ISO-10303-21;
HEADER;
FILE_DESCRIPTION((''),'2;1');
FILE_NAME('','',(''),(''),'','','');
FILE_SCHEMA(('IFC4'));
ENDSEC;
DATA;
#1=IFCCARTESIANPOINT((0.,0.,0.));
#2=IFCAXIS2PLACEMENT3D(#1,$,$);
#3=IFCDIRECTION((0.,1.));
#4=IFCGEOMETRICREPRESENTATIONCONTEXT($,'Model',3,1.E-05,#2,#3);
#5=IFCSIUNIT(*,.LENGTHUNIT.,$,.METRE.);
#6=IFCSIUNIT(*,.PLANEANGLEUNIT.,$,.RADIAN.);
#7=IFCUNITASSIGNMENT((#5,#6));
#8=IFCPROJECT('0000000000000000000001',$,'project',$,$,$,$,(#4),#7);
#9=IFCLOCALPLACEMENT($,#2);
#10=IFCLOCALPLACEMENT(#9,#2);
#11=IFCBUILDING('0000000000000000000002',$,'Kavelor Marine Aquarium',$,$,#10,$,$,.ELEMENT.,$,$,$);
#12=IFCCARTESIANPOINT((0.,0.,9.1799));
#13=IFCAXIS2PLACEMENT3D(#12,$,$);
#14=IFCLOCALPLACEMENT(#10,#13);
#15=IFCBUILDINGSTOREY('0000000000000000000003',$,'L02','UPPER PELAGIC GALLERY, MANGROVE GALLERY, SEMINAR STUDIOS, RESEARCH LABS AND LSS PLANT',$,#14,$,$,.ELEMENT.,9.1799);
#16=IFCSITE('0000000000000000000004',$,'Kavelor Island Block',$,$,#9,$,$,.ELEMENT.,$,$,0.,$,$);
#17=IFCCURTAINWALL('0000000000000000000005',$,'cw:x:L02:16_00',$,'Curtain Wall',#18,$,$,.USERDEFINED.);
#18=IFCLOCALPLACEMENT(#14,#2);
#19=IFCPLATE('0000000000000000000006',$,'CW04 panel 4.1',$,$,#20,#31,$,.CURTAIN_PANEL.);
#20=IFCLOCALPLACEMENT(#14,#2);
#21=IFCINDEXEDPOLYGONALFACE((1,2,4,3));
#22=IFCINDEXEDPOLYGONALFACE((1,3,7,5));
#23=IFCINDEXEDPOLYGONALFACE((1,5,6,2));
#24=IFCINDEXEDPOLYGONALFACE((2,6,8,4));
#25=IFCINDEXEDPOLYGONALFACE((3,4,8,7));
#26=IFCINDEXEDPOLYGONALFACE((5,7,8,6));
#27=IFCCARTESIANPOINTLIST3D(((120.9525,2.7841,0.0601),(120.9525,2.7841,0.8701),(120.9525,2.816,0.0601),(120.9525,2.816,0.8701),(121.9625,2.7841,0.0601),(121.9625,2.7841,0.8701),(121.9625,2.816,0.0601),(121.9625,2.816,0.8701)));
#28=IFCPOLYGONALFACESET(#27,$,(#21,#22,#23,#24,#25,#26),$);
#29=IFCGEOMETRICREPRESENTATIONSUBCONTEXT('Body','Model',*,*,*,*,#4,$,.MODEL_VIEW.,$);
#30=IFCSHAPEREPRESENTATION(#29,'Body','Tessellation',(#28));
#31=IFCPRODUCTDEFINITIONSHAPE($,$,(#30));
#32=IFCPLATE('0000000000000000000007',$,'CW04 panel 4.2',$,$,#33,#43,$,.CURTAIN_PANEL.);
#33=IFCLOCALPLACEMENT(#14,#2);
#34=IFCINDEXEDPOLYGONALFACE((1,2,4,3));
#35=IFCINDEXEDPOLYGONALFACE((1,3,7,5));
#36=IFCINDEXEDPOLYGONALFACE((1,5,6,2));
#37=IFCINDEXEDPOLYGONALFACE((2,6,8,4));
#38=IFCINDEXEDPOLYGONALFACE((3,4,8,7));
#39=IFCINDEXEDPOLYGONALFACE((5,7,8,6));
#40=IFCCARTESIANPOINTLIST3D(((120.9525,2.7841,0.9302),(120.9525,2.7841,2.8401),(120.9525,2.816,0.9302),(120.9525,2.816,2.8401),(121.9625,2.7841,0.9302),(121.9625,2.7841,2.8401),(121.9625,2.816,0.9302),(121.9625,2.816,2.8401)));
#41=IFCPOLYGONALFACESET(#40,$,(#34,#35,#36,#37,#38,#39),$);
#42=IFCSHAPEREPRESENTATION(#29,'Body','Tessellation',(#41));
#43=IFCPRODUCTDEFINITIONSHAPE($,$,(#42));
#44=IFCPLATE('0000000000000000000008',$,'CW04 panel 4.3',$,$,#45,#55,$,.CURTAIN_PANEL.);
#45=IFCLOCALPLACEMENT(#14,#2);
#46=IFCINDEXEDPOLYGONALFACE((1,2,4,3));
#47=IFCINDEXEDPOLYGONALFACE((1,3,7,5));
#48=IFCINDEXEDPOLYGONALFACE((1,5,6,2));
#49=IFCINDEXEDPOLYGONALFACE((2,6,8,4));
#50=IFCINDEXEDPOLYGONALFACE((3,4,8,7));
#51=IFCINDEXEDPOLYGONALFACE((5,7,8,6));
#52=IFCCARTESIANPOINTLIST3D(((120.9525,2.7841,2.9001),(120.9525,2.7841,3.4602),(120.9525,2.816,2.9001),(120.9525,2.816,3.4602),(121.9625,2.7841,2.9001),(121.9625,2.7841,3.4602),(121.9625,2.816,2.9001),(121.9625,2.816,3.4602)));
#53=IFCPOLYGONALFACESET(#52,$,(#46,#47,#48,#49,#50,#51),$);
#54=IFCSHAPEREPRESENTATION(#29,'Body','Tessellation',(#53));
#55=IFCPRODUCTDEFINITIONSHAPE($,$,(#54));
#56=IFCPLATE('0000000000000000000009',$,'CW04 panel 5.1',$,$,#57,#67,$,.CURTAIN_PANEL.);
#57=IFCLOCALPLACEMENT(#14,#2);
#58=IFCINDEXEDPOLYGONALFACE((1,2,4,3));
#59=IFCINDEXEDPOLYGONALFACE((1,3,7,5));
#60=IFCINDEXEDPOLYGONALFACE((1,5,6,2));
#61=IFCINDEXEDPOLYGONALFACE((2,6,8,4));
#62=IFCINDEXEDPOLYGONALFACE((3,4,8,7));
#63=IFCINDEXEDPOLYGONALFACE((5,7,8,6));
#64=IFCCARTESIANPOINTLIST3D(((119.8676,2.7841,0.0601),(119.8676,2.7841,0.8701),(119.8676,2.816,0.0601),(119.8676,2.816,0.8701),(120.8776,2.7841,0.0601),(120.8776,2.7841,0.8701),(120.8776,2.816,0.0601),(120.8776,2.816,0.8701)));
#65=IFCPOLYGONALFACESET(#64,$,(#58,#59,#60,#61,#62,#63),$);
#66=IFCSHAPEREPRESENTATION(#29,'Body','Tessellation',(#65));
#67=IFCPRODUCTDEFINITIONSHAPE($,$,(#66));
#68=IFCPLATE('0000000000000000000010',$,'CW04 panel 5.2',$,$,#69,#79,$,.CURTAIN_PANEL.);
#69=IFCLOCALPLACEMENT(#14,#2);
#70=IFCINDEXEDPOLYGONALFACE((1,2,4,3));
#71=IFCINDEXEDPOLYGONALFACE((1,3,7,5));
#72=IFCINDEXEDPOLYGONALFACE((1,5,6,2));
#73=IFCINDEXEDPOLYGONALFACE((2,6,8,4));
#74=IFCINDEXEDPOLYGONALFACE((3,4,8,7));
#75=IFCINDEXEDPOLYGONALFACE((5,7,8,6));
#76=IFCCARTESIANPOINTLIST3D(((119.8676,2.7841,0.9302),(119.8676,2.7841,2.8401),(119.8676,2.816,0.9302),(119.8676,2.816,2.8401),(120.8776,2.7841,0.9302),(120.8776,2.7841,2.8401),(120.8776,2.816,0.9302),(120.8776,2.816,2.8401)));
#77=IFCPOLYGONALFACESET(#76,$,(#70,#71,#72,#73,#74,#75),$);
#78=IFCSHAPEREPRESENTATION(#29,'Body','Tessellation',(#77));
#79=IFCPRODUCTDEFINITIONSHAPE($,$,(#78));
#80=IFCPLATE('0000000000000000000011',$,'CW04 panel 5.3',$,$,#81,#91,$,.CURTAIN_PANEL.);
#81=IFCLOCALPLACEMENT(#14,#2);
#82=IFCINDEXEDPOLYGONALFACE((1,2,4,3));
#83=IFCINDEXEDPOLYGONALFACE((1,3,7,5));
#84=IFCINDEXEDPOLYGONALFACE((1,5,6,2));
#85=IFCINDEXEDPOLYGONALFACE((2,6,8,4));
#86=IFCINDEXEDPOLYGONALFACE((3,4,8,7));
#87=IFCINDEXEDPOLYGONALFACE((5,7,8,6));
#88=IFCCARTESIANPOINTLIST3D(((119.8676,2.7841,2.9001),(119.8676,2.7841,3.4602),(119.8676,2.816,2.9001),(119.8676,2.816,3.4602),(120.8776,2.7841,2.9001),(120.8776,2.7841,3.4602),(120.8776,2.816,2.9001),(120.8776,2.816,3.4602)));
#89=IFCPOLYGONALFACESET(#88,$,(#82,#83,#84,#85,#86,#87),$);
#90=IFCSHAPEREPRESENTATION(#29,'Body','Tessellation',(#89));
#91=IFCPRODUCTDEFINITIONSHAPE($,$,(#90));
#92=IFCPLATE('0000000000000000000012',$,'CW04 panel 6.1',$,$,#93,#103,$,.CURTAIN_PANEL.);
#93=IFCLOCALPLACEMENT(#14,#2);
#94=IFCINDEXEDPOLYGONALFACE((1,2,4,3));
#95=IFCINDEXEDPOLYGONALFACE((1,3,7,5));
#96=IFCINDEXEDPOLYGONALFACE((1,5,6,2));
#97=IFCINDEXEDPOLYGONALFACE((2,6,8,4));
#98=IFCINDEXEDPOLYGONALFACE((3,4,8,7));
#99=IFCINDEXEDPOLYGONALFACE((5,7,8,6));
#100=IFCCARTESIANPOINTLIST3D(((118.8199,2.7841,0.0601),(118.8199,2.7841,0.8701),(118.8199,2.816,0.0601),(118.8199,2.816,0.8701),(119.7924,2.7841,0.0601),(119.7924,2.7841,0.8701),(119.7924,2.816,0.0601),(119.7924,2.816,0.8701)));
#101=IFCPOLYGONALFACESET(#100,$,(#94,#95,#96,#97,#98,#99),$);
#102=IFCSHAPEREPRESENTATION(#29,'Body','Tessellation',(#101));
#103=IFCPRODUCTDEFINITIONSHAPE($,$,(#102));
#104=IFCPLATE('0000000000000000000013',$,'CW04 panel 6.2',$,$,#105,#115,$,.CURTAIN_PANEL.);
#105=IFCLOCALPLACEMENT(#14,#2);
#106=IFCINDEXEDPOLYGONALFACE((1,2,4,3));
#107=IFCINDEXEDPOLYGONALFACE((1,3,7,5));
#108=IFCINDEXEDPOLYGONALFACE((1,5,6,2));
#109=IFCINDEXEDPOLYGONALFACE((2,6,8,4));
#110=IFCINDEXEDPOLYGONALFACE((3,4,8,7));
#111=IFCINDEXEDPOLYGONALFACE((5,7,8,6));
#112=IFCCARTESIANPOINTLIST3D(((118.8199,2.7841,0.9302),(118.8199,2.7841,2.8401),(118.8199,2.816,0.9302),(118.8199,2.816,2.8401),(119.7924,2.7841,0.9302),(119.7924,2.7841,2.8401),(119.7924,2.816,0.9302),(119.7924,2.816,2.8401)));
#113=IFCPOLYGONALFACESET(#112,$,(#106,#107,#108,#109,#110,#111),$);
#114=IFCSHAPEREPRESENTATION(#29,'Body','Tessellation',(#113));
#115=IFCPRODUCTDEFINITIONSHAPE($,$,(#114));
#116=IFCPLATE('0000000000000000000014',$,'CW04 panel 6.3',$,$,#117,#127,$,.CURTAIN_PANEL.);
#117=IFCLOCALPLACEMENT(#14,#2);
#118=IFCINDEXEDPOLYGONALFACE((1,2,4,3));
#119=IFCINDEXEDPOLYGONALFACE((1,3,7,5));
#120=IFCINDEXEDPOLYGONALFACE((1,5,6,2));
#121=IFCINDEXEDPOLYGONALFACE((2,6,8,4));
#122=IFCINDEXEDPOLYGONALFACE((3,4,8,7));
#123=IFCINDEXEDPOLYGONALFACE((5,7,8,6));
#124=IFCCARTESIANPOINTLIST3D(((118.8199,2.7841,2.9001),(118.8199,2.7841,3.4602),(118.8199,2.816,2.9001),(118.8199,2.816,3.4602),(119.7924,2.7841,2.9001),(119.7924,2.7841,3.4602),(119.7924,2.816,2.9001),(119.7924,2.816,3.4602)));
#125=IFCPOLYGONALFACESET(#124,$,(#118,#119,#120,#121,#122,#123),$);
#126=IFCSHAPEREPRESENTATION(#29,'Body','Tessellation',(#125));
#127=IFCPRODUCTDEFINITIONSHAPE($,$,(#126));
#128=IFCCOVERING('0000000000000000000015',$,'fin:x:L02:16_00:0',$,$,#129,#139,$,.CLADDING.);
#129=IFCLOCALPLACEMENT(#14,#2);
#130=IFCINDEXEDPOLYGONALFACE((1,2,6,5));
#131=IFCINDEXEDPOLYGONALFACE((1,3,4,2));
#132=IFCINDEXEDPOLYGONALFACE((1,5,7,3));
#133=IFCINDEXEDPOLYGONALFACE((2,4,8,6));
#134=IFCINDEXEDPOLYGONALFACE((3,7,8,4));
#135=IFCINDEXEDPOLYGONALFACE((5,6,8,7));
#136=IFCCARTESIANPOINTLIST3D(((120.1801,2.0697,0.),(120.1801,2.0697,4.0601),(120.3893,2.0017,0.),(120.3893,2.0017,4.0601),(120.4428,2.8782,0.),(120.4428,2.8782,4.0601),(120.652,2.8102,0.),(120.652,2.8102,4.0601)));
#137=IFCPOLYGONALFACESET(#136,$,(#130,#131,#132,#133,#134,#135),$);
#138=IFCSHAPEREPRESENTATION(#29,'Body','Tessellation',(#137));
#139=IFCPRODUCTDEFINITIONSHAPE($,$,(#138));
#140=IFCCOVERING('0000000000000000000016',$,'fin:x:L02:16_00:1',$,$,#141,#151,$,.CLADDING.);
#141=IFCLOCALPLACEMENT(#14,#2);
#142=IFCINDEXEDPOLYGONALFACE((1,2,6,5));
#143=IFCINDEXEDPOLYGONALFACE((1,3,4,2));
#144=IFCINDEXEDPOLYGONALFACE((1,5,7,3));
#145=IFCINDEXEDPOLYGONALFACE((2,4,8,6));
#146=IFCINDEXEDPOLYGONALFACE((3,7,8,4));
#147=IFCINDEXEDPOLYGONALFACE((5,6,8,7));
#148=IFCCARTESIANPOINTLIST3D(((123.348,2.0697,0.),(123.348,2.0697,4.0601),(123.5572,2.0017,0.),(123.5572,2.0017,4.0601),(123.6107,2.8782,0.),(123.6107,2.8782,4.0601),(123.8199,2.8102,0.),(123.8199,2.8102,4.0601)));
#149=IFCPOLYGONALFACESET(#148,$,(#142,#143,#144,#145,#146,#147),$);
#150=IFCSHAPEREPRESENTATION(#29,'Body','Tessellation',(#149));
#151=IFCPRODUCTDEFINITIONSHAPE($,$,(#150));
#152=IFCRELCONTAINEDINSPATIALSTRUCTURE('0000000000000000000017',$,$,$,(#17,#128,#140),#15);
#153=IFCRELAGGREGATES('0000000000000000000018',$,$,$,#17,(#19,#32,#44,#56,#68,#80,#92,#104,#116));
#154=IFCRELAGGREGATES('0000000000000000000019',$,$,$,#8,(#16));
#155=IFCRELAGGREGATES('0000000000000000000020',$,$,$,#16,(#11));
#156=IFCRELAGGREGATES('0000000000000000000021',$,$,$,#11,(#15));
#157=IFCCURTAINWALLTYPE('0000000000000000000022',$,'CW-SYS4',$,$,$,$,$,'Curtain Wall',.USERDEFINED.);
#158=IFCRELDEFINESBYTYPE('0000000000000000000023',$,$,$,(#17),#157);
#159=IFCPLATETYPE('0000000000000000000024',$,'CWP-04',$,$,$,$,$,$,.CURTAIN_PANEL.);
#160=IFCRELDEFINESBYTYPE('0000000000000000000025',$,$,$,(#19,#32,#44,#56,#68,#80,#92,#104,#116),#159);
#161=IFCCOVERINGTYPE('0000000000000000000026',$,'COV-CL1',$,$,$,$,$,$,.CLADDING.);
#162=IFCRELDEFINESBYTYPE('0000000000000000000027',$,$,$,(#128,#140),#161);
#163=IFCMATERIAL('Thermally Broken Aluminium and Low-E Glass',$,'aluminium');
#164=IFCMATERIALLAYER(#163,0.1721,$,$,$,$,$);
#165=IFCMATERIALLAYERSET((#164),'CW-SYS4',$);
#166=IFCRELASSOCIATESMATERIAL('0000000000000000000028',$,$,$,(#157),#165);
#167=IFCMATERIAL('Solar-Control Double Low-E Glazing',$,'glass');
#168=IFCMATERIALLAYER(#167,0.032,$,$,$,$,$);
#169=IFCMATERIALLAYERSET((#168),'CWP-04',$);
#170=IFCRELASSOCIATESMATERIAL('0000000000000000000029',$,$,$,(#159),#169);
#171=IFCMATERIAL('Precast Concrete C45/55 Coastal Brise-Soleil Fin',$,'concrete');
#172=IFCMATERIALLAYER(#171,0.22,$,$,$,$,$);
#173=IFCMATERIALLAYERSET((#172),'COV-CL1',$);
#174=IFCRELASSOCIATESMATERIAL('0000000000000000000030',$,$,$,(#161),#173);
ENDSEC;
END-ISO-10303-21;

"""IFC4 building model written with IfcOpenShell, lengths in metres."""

from ifc_helpers import new_model, si_unit, direction, frame, origin, origin_2d, place, context, subcontext, project, spatial, rectangle, extrude, material, layer, layer_set, type_object, element, aggregate, save


model = new_model("IFC4")

# Units and contexts
model_context = context("Model", 3, precision=1e-05, world=origin(), true_north=direction((0.0, 1.0)))
body_context = subcontext(model_context, "Body", "Model", "MODEL_VIEW")
ifc_project = project(units=[si_unit("LENGTHUNIT", "METRE"), si_unit("PLANEANGLEUNIT", "RADIAN")], contexts=[model_context])

# Site, building, storey
site_placement = place(None, origin())
site = spatial("IfcSite", under=ifc_project, at=site_placement, Name="Kavelor Island Block", CompositionType="ELEMENT", RefElevation=0.0)
building_placement = place(site_placement, origin())
building = spatial("IfcBuilding", under=site, at=building_placement, Name="Kavelor Marine Aquarium", CompositionType="ELEMENT")
storey_placement = place(building_placement, frame((0.0, 0.0, 9.1799)))
storey = spatial("IfcBuildingStorey", under=building, at=storey_placement, Name="L02", Description="UPPER PELAGIC GALLERY, MANGROVE GALLERY, SEMINAR STUDIOS, RESEARCH LABS AND LSS PLANT", CompositionType="ELEMENT", Elevation=9.1799)

# Curtain wall, plates
ifc_material_1 = material(Name="Thermally Broken Aluminium and Low-E Glass", Category="aluminium")
ifc_layer_1 = layer(ifc_material_1, 0.1721)
ifc_layer_set_1 = layer_set([ifc_layer_1], Name="CW-SYS4")
curtain_wall_type = type_object("IfcCurtainWallType", Name="CW-SYS4", ElementType="Curtain Wall", PredefinedType="USERDEFINED", material=ifc_layer_set_1)
curtain_wall_placement = place(storey_placement, origin())
curtain_wall = element("IfcCurtainWall", 1, at=curtain_wall_placement, inside=storey, type_object=curtain_wall_type, Name="cw:x:L02:16_00", ObjectType="Curtain Wall", PredefinedType="USERDEFINED")
ifc_material_2 = material(Name="Solar-Control Double Low-E Glazing", Category="glass")
ifc_layer_2 = layer(ifc_material_2, 0.032)
ifc_layer_set_2 = layer_set([ifc_layer_2], Name="CWP-04")
plate_type = type_object("IfcPlateType", Name="CWP-04", PredefinedType="CURTAIN_PANEL", material=ifc_layer_set_2)
plate_1_placement = place(storey_placement, frame((121.4575, 2.8, 0.0601), z_axis=(0.0, 0.0, 1.0), x_axis=(-1.0, 0.0, 0.0)))
plate_1 = element("IfcPlate", 2, at=plate_1_placement, type_object=plate_type, Name="CW04 panel 4.1", PredefinedType="CURTAIN_PANEL", context=body_context, shape_type="SweptSolid", body=[
    extrude(rectangle(XDim=1.01, YDim=0.032, at=origin_2d()), origin(), (0.0, 0.0, 1.0), 0.8101),
])
plate_2_placement = place(storey_placement, frame((121.4575, 2.8, 0.9302), z_axis=(0.0, 0.0, 1.0), x_axis=(-1.0, 0.0, 0.0)))
plate_2 = element("IfcPlate", 3, at=plate_2_placement, type_object=plate_type, Name="CW04 panel 4.2", PredefinedType="CURTAIN_PANEL", context=body_context, shape_type="SweptSolid", body=[
    extrude(rectangle(XDim=1.01, YDim=0.032, at=origin_2d()), origin(), (0.0, 0.0, 1.0), 1.9099),
])
plate_3_placement = place(storey_placement, frame((121.4575, 2.8, 2.9001), z_axis=(0.0, 0.0, 1.0), x_axis=(-1.0, 0.0, 0.0)))
plate_3 = element("IfcPlate", 4, at=plate_3_placement, type_object=plate_type, Name="CW04 panel 4.3", PredefinedType="CURTAIN_PANEL", context=body_context, shape_type="SweptSolid", body=[
    extrude(rectangle(XDim=1.01, YDim=0.032, at=origin_2d()), origin(), (0.0, 0.0, 1.0), 0.5601),
])
plate_4_placement = place(storey_placement, frame((120.3726, 2.8, 0.0601), z_axis=(0.0, 0.0, 1.0), x_axis=(-1.0, 0.0, 0.0)))
plate_4 = element("IfcPlate", 5, at=plate_4_placement, type_object=plate_type, Name="CW04 panel 5.1", PredefinedType="CURTAIN_PANEL", context=body_context, shape_type="SweptSolid", body=[
    extrude(rectangle(XDim=1.01, YDim=0.032, at=origin_2d()), origin(), (0.0, 0.0, 1.0), 0.8101),
])
plate_5_placement = place(storey_placement, frame((120.3726, 2.8, 0.9302), z_axis=(0.0, 0.0, 1.0), x_axis=(-1.0, 0.0, 0.0)))
plate_5 = element("IfcPlate", 6, at=plate_5_placement, type_object=plate_type, Name="CW04 panel 5.2", PredefinedType="CURTAIN_PANEL", context=body_context, shape_type="SweptSolid", body=[
    extrude(rectangle(XDim=1.01, YDim=0.032, at=origin_2d()), origin(), (0.0, 0.0, 1.0), 1.9099),
])
plate_6_placement = place(storey_placement, frame((120.3726, 2.8, 2.9001), z_axis=(0.0, 0.0, 1.0), x_axis=(-1.0, 0.0, 0.0)))
plate_6 = element("IfcPlate", 7, at=plate_6_placement, type_object=plate_type, Name="CW04 panel 5.3", PredefinedType="CURTAIN_PANEL", context=body_context, shape_type="SweptSolid", body=[
    extrude(rectangle(XDim=1.01, YDim=0.032, at=origin_2d()), origin(), (0.0, 0.0, 1.0), 0.5601),
])
plate_7_placement = place(storey_placement, frame((119.3062, 2.8, 0.0601), z_axis=(0.0, 0.0, 1.0), x_axis=(-1.0, 0.0, 0.0)))
plate_7 = element("IfcPlate", 8, at=plate_7_placement, type_object=plate_type, Name="CW04 panel 6.1", PredefinedType="CURTAIN_PANEL", context=body_context, shape_type="SweptSolid", body=[
    extrude(rectangle(XDim=0.9724, YDim=0.032, at=origin_2d()), origin(), (0.0, 0.0, 1.0), 0.8101),
])
plate_8_placement = place(storey_placement, frame((119.3062, 2.8, 0.9302), z_axis=(0.0, 0.0, 1.0), x_axis=(-1.0, 0.0, 0.0)))
plate_8 = element("IfcPlate", 9, at=plate_8_placement, type_object=plate_type, Name="CW04 panel 6.2", PredefinedType="CURTAIN_PANEL", context=body_context, shape_type="SweptSolid", body=[
    extrude(rectangle(XDim=0.9724, YDim=0.032, at=origin_2d()), origin(), (0.0, 0.0, 1.0), 1.9099),
])
plate_9_placement = place(storey_placement, frame((119.3062, 2.8, 2.9001), z_axis=(0.0, 0.0, 1.0), x_axis=(-1.0, 0.0, 0.0)))
plate_9 = element("IfcPlate", 10, at=plate_9_placement, type_object=plate_type, Name="CW04 panel 6.3", PredefinedType="CURTAIN_PANEL", context=body_context, shape_type="SweptSolid", body=[
    extrude(rectangle(XDim=0.9724, YDim=0.032, at=origin_2d()), origin(), (0.0, 0.0, 1.0), 0.5601),
])
aggregate(curtain_wall, [plate_1, plate_2, plate_3, plate_4, plate_5, plate_6, plate_7, plate_8, plate_9])

# Coverings
ifc_material_3 = material(Name="Precast Concrete C45/55 Coastal Brise-Soleil Fin", Category="concrete")
ifc_layer_3 = layer(ifc_material_3, 0.22)
ifc_layer_set_3 = layer_set([ifc_layer_3], Name="COV-CL1")
covering_type = type_object("IfcCoveringType", Name="COV-CL1", PredefinedType="CLADDING", material=ifc_layer_set_3)
for number, where, z_axis, x_axis, name in (
    (11, (120.416, 2.4399, 0.0), (0.0, 0.0, 1.0), (0.951057, -0.309017, 0.0), "fin:x:L02:16_00:0"),
    (12, (123.584, 2.4399, 0.0), (0.0, 0.0, 1.0), (0.951057, -0.309017, 0.0), "fin:x:L02:16_00:1"),
):
    element("IfcCovering", number, at=place(storey_placement, frame(where, z_axis=z_axis, x_axis=x_axis)), inside=storey, type_object=covering_type, Name=name, PredefinedType="CLADDING", context=body_context, shape_type="SweptSolid", body=[
        extrude(rectangle(XDim=0.22, YDim=0.8501, at=origin_2d()), origin(), (0.0, 0.0, 1.0), 4.0601),
    ])

save(model, "model.ifc")
